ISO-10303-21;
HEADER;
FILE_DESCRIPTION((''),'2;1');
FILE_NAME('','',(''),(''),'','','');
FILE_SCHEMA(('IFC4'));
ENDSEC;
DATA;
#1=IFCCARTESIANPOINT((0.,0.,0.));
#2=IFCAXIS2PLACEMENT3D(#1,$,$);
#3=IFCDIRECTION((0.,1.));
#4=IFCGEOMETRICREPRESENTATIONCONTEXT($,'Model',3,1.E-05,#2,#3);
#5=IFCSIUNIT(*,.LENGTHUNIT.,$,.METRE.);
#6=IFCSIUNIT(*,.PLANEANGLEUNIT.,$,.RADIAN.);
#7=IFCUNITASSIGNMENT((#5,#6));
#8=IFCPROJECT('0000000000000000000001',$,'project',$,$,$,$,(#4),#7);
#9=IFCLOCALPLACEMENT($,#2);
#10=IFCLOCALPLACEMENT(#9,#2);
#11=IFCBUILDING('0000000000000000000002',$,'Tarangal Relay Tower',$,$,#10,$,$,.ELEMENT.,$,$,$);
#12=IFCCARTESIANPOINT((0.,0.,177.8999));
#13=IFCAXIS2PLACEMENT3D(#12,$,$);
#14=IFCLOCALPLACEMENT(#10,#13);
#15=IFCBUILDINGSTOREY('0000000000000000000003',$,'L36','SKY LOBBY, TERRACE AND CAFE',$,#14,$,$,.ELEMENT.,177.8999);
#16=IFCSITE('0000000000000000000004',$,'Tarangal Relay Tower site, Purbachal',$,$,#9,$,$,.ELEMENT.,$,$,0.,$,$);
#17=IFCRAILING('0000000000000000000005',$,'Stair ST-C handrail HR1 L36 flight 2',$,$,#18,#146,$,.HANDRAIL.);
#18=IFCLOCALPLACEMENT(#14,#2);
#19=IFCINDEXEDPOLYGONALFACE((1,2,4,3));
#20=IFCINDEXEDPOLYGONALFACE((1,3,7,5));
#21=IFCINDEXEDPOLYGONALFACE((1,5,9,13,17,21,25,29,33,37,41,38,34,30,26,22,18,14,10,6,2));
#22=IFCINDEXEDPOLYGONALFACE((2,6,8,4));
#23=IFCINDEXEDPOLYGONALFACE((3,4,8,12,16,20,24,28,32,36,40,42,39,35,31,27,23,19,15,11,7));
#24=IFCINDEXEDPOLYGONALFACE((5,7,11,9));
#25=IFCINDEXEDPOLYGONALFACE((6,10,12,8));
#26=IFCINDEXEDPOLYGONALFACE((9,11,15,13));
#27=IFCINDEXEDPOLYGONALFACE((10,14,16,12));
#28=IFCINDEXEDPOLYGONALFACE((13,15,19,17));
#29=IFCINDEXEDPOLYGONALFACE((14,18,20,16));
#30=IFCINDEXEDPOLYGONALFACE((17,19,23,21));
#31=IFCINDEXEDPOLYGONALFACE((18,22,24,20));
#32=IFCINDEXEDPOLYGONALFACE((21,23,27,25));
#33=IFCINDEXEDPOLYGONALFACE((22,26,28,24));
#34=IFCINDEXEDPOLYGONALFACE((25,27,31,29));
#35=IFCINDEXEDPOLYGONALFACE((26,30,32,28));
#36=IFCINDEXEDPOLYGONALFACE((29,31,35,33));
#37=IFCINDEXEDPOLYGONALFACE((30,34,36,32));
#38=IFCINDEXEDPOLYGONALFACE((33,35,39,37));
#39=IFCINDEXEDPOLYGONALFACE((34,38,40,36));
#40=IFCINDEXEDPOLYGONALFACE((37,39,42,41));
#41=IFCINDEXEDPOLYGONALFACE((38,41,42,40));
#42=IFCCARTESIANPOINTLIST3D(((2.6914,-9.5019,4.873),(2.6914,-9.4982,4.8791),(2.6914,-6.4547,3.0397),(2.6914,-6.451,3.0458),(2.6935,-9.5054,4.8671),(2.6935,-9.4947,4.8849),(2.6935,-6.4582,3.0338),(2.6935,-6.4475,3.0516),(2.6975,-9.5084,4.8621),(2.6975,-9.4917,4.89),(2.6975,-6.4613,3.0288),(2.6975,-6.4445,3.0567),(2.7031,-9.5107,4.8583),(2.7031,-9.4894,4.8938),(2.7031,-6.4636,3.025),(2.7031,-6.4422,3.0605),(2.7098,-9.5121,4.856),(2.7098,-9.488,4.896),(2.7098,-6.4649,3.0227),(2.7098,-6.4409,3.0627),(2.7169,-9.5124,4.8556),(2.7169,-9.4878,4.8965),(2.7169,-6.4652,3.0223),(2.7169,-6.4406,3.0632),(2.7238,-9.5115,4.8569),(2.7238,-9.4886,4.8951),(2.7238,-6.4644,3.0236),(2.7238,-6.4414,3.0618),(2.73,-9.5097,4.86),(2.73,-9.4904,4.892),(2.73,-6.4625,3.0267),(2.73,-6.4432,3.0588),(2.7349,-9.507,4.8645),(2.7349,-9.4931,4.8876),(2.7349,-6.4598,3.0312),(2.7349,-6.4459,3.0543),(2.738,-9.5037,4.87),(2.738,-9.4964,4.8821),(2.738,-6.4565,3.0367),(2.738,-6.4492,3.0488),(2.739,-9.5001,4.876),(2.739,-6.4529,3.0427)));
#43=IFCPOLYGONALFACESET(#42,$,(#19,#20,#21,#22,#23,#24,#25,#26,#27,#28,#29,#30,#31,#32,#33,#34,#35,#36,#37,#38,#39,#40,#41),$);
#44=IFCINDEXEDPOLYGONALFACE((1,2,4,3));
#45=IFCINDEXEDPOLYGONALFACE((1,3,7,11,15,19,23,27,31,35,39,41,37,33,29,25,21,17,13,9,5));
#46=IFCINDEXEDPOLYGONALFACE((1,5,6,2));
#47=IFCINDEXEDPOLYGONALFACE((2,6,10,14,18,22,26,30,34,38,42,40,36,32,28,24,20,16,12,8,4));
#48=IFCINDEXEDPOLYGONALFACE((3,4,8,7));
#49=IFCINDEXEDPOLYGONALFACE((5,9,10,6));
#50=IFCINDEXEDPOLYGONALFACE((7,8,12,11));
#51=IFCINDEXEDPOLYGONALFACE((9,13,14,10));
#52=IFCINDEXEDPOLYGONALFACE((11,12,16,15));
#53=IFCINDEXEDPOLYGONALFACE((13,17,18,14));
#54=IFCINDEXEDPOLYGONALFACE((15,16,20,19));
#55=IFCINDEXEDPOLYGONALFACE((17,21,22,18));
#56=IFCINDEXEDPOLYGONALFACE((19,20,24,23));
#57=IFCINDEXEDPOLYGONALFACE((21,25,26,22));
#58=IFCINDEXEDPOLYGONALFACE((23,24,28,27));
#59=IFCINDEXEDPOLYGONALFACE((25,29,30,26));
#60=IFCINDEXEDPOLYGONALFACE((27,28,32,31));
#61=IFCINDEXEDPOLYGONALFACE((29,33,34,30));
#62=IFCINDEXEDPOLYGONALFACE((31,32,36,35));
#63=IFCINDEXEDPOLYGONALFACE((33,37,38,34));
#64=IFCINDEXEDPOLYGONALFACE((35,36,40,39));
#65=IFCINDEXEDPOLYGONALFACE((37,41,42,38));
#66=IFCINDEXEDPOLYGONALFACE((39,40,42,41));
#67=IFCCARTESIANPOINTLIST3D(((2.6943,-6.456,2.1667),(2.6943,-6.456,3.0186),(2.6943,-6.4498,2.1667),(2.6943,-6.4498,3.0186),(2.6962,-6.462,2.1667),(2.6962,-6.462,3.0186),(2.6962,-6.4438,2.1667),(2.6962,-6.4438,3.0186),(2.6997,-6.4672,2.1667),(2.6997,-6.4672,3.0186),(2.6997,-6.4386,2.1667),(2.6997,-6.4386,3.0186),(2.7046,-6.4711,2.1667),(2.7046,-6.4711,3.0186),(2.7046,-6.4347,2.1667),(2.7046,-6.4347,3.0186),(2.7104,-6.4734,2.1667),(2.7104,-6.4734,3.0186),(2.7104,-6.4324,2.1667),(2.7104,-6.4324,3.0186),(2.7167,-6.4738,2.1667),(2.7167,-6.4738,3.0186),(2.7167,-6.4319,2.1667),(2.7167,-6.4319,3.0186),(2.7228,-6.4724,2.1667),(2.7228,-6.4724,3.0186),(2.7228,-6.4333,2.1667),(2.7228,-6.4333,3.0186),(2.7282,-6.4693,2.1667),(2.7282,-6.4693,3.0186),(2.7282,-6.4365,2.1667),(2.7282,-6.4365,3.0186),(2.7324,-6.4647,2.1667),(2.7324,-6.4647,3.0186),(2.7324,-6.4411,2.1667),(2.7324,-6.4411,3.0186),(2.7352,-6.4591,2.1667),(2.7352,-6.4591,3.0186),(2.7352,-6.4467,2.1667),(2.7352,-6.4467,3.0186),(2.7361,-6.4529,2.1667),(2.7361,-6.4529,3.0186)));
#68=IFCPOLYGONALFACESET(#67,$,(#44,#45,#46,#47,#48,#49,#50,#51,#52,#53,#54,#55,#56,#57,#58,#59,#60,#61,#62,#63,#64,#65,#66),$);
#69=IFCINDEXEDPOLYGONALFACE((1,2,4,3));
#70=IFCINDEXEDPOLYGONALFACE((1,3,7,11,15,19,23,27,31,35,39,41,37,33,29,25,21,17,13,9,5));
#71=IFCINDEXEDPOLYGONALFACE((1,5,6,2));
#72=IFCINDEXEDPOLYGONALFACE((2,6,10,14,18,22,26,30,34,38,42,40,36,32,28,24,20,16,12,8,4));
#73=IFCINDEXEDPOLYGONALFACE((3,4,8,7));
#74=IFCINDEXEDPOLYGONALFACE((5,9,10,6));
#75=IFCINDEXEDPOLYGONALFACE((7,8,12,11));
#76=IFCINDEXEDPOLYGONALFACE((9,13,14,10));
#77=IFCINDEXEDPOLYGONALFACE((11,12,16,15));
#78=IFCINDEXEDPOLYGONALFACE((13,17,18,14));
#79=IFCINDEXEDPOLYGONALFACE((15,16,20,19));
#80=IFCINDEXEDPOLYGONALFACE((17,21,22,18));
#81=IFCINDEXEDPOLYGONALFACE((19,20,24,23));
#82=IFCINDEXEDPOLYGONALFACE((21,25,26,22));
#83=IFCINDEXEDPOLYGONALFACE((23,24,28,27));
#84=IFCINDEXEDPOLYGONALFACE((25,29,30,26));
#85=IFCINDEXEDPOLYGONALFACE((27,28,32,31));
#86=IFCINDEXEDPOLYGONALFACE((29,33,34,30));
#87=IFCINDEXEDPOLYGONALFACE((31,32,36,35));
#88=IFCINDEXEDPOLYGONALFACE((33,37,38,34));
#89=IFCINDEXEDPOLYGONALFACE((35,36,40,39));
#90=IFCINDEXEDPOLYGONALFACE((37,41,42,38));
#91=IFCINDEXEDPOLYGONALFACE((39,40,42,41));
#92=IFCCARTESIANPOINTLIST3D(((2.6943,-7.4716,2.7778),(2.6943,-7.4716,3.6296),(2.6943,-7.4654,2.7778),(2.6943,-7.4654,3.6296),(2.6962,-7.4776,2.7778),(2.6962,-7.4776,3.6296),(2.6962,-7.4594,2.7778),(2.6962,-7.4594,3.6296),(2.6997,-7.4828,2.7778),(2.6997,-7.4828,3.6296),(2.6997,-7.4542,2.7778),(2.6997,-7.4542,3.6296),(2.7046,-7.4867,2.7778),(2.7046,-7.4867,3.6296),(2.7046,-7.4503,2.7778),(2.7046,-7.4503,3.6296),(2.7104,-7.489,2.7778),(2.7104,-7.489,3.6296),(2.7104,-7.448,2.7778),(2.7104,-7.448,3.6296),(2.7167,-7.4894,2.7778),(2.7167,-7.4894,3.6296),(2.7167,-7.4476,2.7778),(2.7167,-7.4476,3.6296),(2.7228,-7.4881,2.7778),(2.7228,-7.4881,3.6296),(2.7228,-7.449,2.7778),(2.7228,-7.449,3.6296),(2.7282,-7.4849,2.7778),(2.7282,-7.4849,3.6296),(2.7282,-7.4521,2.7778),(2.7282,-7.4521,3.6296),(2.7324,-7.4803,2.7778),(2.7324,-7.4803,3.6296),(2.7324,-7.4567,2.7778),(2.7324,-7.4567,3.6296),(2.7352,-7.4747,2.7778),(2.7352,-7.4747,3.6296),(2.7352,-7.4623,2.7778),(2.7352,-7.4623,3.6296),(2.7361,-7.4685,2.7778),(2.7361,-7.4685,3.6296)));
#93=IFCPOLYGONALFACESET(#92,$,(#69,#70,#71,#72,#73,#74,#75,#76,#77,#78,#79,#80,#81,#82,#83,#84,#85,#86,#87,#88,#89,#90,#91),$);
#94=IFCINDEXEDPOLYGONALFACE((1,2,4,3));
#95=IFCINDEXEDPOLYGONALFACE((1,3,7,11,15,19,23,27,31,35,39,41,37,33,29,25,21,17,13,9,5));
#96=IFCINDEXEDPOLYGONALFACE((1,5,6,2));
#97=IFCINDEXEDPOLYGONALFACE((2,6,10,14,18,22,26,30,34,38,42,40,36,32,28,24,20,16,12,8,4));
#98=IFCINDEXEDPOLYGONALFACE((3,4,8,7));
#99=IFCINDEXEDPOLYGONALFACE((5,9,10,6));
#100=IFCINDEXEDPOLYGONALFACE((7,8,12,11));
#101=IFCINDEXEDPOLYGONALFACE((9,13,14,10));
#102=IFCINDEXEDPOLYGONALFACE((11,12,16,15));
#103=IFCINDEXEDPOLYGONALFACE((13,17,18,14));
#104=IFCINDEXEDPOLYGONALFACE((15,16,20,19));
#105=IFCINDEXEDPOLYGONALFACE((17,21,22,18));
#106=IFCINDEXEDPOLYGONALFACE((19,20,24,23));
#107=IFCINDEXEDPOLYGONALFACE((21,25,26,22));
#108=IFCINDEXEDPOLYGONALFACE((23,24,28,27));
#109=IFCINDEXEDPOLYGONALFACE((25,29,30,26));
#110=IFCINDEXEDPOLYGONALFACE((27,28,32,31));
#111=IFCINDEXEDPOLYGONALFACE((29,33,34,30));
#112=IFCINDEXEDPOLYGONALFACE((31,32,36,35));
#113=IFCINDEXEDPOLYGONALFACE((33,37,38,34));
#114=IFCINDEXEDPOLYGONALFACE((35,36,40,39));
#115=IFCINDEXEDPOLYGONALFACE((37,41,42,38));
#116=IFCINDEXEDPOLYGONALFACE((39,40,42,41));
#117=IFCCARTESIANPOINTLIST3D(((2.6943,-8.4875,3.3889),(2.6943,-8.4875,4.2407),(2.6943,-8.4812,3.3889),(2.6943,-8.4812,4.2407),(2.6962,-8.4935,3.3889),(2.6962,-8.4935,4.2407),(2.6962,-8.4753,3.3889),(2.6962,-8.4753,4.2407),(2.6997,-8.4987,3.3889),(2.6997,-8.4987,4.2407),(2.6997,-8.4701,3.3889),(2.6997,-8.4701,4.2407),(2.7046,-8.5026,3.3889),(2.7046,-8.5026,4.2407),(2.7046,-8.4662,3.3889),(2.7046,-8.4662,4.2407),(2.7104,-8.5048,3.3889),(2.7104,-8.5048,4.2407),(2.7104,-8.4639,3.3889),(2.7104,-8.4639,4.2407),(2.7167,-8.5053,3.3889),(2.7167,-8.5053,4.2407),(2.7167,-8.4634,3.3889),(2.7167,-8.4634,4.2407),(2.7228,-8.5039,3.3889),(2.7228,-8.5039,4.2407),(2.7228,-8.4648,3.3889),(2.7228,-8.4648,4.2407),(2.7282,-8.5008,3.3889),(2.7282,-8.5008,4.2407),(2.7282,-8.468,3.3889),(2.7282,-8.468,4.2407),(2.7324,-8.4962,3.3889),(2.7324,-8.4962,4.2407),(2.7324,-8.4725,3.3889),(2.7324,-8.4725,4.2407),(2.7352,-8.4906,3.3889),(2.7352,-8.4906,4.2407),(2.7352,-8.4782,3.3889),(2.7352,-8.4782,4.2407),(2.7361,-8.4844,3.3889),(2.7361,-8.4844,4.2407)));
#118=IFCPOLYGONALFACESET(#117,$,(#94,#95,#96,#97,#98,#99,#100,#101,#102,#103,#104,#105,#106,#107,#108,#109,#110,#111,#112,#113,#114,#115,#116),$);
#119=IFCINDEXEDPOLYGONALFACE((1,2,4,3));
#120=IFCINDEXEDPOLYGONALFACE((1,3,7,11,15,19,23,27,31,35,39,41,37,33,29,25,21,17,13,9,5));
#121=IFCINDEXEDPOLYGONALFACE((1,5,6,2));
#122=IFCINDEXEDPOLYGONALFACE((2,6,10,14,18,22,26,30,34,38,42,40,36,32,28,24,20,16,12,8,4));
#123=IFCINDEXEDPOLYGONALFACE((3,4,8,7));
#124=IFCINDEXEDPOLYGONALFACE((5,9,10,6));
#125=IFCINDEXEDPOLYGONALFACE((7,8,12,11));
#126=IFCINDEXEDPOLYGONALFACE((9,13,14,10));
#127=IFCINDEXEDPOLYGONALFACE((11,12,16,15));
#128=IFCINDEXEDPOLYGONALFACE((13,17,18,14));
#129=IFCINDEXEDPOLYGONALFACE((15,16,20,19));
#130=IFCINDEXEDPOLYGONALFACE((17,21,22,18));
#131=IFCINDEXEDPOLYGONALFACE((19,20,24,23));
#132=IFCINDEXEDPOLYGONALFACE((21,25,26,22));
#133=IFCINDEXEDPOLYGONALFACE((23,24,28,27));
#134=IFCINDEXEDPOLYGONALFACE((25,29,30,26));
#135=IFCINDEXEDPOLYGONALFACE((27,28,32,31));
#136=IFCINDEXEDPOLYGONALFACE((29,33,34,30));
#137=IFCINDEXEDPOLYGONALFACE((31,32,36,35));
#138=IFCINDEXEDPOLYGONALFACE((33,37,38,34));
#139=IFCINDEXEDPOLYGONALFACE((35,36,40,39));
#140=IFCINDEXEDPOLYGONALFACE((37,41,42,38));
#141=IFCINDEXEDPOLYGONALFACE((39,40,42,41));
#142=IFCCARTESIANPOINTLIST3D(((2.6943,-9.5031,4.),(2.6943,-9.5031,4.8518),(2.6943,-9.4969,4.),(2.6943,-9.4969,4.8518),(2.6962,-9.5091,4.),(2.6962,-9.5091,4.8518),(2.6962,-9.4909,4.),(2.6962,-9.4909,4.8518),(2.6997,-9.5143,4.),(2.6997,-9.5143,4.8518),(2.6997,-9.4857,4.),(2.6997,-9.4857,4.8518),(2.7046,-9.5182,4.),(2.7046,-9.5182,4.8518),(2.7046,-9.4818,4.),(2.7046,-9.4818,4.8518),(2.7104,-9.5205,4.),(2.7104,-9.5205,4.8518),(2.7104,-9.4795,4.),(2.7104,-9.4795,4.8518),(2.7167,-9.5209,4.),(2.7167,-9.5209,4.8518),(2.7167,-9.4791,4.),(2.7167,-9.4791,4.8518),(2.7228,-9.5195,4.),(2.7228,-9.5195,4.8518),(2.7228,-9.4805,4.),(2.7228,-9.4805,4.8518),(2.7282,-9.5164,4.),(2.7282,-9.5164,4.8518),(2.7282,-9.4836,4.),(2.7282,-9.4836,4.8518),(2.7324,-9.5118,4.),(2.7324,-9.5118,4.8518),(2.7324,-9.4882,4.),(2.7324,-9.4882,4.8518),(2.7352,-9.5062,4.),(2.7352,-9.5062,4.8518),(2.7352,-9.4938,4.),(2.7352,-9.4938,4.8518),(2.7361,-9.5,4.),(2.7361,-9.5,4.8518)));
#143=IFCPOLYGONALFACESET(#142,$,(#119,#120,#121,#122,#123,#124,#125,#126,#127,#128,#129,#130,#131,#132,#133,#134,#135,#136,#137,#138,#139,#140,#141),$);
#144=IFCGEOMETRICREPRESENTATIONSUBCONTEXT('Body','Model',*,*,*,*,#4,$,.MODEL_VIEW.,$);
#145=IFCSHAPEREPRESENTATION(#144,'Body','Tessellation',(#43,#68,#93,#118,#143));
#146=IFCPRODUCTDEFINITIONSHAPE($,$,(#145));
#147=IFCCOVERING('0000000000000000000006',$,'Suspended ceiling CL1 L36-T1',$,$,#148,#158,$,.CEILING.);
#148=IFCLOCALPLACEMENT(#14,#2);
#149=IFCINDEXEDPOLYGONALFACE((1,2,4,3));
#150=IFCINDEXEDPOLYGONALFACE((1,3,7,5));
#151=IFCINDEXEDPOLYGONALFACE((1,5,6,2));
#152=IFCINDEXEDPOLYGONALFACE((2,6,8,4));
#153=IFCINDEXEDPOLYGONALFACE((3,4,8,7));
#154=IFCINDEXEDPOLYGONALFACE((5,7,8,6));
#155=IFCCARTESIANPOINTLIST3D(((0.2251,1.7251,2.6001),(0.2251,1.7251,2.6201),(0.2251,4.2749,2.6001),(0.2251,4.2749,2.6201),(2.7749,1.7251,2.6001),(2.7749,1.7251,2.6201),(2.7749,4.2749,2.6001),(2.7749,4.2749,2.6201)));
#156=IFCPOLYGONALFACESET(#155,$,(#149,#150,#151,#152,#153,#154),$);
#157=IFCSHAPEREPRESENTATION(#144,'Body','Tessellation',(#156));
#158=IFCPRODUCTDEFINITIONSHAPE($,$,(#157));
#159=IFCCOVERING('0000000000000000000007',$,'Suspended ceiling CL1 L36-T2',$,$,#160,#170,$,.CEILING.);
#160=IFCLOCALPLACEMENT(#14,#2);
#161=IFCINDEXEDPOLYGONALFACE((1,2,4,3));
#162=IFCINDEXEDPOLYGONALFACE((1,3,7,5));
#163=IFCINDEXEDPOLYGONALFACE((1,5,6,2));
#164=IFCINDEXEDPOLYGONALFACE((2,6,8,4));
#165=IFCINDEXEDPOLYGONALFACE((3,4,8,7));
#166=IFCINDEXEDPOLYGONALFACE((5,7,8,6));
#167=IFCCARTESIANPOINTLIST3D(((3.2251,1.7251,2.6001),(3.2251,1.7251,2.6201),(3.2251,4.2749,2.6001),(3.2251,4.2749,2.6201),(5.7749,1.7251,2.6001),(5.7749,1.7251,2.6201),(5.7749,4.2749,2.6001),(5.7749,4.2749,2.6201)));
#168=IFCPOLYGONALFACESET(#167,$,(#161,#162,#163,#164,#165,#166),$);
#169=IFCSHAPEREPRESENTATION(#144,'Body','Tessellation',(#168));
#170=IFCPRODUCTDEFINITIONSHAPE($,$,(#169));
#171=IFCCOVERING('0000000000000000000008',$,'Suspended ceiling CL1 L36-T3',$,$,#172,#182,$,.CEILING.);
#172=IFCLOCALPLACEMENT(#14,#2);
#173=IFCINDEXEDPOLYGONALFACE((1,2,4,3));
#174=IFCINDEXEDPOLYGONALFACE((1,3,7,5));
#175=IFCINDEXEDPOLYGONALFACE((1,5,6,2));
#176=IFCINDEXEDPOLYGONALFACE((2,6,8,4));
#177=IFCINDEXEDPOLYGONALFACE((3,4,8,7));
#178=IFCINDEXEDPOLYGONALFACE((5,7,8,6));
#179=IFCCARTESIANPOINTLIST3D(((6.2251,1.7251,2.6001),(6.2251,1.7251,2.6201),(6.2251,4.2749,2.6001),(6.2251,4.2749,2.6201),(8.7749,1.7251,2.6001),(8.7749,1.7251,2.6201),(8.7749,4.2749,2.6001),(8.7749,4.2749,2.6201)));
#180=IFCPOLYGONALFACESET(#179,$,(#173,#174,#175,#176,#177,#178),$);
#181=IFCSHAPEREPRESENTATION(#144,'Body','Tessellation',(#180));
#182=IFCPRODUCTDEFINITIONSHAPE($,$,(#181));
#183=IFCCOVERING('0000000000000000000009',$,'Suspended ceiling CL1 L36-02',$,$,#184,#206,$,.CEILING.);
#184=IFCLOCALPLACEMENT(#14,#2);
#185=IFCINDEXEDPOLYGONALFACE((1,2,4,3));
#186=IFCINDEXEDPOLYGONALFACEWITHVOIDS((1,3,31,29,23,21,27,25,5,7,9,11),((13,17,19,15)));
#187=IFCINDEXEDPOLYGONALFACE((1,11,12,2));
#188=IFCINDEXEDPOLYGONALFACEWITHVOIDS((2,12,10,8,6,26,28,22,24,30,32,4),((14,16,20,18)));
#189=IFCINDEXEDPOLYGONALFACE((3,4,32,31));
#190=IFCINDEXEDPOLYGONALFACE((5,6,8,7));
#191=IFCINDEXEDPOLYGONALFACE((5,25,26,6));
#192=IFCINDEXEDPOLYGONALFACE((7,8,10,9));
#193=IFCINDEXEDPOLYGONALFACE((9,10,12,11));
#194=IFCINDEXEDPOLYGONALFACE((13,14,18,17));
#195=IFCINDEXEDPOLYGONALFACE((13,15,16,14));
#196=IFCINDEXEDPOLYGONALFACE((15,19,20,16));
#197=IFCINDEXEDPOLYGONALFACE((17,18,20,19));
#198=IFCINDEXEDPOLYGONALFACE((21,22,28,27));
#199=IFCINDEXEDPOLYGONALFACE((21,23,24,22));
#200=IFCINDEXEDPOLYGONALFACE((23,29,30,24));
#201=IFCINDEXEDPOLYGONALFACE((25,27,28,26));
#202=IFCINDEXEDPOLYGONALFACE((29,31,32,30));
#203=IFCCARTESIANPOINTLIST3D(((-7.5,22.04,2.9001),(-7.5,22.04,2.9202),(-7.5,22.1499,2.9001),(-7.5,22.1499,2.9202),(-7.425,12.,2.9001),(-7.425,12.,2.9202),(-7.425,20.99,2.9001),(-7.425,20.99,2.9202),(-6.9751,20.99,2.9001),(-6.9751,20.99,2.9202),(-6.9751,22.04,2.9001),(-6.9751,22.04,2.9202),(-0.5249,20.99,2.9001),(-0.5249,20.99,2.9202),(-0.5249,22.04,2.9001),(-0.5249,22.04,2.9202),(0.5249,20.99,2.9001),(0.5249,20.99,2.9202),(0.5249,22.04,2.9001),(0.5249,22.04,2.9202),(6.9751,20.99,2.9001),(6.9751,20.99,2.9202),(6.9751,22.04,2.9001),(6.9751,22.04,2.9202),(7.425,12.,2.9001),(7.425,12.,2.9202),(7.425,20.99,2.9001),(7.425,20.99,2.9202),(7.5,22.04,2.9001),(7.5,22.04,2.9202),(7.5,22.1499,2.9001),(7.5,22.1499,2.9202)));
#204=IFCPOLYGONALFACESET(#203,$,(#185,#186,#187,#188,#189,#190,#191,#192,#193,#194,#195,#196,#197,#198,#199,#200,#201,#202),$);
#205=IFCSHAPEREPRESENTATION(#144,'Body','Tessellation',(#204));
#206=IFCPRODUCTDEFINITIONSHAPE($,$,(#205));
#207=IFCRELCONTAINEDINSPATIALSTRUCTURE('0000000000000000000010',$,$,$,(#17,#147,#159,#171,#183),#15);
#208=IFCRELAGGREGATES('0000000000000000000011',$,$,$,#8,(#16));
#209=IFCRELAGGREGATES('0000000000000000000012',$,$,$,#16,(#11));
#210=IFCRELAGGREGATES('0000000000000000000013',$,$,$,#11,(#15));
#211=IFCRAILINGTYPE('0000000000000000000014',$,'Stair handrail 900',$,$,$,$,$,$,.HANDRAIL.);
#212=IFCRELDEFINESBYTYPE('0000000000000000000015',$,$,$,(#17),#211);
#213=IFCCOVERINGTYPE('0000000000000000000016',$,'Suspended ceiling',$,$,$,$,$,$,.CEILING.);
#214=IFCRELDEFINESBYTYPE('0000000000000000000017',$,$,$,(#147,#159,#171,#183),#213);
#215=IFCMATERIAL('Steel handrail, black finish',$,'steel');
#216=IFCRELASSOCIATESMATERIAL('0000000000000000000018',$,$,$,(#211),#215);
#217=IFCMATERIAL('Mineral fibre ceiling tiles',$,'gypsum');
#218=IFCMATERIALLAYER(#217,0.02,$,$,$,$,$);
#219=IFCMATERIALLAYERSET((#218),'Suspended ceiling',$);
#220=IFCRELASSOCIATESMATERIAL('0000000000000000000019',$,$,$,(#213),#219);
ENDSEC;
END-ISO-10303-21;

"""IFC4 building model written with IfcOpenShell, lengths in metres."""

from ifc_helpers import new_model, si_unit, direction, frame, origin, origin_2d, place, context, subcontext, project, spatial, polyline, circle, outline, extrude, material, layer, layer_set, type_object, element, save


model = new_model("IFC4")

# Units and contexts
model_context = context("Model", 3, precision=1e-05, world=origin(), true_north=direction((0.0, 1.0)))
body_context = subcontext(model_context, "Body", "Model", "MODEL_VIEW")
ifc_project = project(units=[si_unit("LENGTHUNIT", "METRE"), si_unit("PLANEANGLEUNIT", "RADIAN")], contexts=[model_context])

# Site, building, storey
site_placement = place(None, origin())
site = spatial("IfcSite", under=ifc_project, at=site_placement, Name="Tarangal Relay Tower site, Purbachal", CompositionType="ELEMENT", RefElevation=0.0)
building_placement = place(site_placement, origin())
building = spatial("IfcBuilding", under=site, at=building_placement, Name="Tarangal Relay Tower", CompositionType="ELEMENT")
storey_placement = place(building_placement, frame((0.0, 0.0, 177.8999)))
storey = spatial("IfcBuildingStorey", under=building, at=storey_placement, Name="L36", Description="SKY LOBBY, TERRACE AND CAFE", CompositionType="ELEMENT", Elevation=177.8999)

# Railing
ifc_material_1 = material(Name="Steel handrail, black finish", Category="steel")
railing_type_1 = type_object("IfcRailingType", Name="Stair handrail 900", PredefinedType="HANDRAIL", material=ifc_material_1)
railing_1_placement = place(storey_placement, frame((2.7151, -6.4529, 2.1667)))
element("IfcRailing", 1, at=railing_1_placement, inside=storey, type_object=railing_type_1, Name="Stair ST-C handrail HR1 L36 flight 2", PredefinedType="HANDRAIL", context=body_context, shape_type="SweptSolid", body=[
    extrude(circle(Radius=0.0239, at=origin_2d()), frame((0.0, 0.0, 0.876), z_axis=(0.0, -0.856874, 0.515525), x_axis=(1.0, 0.0, 0.0)), (0.0, 0.0, 1.0), 3.5562),
    extrude(circle(Radius=0.021, at=origin_2d()), origin(), (0.0, 0.0, 1.0), 0.8518),
    extrude(circle(Radius=0.021, at=origin_2d()), frame((0.0, -1.0156, 0.6111)), (0.0, 0.0, 1.0), 0.8518),
    extrude(circle(Radius=0.021, at=origin_2d()), frame((0.0, -2.0315, 1.2222)), (0.0, 0.0, 1.0), 0.8518),
    extrude(circle(Radius=0.021, at=origin_2d()), frame((0.0, -3.0471, 1.8333)), (0.0, 0.0, 1.0), 0.8518),
])

# Coverings
ifc_material_2 = material(Name="Mineral fibre ceiling tiles", Category="gypsum")
ifc_layer_1 = layer(ifc_material_2, 0.02)
ifc_layer_set_1 = layer_set([ifc_layer_1], Name="Suspended ceiling")
covering_type_1 = type_object("IfcCoveringType", Name="Suspended ceiling", PredefinedType="CEILING", material=ifc_layer_set_1)
covering_1_placement = place(storey_placement, frame((0.0, 0.0, 2.6001)))
element("IfcCovering", 2, at=covering_1_placement, inside=storey, type_object=covering_type_1, Name="Suspended ceiling CL1 L36-T1", PredefinedType="CEILING", context=body_context, shape_type="SweptSolid", body=[
    extrude(outline(polyline([(0.2251, 1.7251), (2.7749, 1.7251), (2.7749, 4.2749), (0.2251, 4.2749), (0.2251, 1.7251)])), origin(), (0.0, 0.0, 1.0), 0.02),
])
covering_2_placement = place(storey_placement, frame((0.0, 0.0, 2.6001)))
element("IfcCovering", 3, at=covering_2_placement, inside=storey, type_object=covering_type_1, Name="Suspended ceiling CL1 L36-T2", PredefinedType="CEILING", context=body_context, shape_type="SweptSolid", body=[
    extrude(outline(polyline([(3.2251, 1.7251), (5.7749, 1.7251), (5.7749, 4.2749), (3.2251, 4.2749), (3.2251, 1.7251)])), origin(), (0.0, 0.0, 1.0), 0.02),
])
covering_3_placement = place(storey_placement, frame((0.0, 0.0, 2.6001)))
element("IfcCovering", 4, at=covering_3_placement, inside=storey, type_object=covering_type_1, Name="Suspended ceiling CL1 L36-T3", PredefinedType="CEILING", context=body_context, shape_type="SweptSolid", body=[
    extrude(outline(polyline([(6.2251, 1.7251), (8.7749, 1.7251), (8.7749, 4.2749), (6.2251, 4.2749), (6.2251, 1.7251)])), origin(), (0.0, 0.0, 1.0), 0.02),
])
covering_4_placement = place(storey_placement, frame((0.0, 0.0, 2.9001)))
element("IfcCovering", 5, at=covering_4_placement, inside=storey, type_object=covering_type_1, Name="Suspended ceiling CL1 L36-02", PredefinedType="CEILING", context=body_context, shape_type="SweptSolid", body=[
    extrude(outline(polyline([(7.425, 20.99), (6.9751, 20.99), (6.9751, 22.04), (7.5, 22.04), (7.5, 22.1499), (-7.5, 22.1499), (-7.5, 22.04), (-6.9751, 22.04), (-6.9751, 20.99), (-7.425, 20.99), (-7.425, 12.0), (7.425, 12.0), (7.425, 20.99)]), holes=[polyline([(-0.5249, 20.99), (0.5249, 20.99), (0.5249, 22.04), (-0.5249, 22.04), (-0.5249, 20.99)])]), origin(), (0.0, 0.0, 1.0), 0.02),
])

save(model, "model.ifc")
